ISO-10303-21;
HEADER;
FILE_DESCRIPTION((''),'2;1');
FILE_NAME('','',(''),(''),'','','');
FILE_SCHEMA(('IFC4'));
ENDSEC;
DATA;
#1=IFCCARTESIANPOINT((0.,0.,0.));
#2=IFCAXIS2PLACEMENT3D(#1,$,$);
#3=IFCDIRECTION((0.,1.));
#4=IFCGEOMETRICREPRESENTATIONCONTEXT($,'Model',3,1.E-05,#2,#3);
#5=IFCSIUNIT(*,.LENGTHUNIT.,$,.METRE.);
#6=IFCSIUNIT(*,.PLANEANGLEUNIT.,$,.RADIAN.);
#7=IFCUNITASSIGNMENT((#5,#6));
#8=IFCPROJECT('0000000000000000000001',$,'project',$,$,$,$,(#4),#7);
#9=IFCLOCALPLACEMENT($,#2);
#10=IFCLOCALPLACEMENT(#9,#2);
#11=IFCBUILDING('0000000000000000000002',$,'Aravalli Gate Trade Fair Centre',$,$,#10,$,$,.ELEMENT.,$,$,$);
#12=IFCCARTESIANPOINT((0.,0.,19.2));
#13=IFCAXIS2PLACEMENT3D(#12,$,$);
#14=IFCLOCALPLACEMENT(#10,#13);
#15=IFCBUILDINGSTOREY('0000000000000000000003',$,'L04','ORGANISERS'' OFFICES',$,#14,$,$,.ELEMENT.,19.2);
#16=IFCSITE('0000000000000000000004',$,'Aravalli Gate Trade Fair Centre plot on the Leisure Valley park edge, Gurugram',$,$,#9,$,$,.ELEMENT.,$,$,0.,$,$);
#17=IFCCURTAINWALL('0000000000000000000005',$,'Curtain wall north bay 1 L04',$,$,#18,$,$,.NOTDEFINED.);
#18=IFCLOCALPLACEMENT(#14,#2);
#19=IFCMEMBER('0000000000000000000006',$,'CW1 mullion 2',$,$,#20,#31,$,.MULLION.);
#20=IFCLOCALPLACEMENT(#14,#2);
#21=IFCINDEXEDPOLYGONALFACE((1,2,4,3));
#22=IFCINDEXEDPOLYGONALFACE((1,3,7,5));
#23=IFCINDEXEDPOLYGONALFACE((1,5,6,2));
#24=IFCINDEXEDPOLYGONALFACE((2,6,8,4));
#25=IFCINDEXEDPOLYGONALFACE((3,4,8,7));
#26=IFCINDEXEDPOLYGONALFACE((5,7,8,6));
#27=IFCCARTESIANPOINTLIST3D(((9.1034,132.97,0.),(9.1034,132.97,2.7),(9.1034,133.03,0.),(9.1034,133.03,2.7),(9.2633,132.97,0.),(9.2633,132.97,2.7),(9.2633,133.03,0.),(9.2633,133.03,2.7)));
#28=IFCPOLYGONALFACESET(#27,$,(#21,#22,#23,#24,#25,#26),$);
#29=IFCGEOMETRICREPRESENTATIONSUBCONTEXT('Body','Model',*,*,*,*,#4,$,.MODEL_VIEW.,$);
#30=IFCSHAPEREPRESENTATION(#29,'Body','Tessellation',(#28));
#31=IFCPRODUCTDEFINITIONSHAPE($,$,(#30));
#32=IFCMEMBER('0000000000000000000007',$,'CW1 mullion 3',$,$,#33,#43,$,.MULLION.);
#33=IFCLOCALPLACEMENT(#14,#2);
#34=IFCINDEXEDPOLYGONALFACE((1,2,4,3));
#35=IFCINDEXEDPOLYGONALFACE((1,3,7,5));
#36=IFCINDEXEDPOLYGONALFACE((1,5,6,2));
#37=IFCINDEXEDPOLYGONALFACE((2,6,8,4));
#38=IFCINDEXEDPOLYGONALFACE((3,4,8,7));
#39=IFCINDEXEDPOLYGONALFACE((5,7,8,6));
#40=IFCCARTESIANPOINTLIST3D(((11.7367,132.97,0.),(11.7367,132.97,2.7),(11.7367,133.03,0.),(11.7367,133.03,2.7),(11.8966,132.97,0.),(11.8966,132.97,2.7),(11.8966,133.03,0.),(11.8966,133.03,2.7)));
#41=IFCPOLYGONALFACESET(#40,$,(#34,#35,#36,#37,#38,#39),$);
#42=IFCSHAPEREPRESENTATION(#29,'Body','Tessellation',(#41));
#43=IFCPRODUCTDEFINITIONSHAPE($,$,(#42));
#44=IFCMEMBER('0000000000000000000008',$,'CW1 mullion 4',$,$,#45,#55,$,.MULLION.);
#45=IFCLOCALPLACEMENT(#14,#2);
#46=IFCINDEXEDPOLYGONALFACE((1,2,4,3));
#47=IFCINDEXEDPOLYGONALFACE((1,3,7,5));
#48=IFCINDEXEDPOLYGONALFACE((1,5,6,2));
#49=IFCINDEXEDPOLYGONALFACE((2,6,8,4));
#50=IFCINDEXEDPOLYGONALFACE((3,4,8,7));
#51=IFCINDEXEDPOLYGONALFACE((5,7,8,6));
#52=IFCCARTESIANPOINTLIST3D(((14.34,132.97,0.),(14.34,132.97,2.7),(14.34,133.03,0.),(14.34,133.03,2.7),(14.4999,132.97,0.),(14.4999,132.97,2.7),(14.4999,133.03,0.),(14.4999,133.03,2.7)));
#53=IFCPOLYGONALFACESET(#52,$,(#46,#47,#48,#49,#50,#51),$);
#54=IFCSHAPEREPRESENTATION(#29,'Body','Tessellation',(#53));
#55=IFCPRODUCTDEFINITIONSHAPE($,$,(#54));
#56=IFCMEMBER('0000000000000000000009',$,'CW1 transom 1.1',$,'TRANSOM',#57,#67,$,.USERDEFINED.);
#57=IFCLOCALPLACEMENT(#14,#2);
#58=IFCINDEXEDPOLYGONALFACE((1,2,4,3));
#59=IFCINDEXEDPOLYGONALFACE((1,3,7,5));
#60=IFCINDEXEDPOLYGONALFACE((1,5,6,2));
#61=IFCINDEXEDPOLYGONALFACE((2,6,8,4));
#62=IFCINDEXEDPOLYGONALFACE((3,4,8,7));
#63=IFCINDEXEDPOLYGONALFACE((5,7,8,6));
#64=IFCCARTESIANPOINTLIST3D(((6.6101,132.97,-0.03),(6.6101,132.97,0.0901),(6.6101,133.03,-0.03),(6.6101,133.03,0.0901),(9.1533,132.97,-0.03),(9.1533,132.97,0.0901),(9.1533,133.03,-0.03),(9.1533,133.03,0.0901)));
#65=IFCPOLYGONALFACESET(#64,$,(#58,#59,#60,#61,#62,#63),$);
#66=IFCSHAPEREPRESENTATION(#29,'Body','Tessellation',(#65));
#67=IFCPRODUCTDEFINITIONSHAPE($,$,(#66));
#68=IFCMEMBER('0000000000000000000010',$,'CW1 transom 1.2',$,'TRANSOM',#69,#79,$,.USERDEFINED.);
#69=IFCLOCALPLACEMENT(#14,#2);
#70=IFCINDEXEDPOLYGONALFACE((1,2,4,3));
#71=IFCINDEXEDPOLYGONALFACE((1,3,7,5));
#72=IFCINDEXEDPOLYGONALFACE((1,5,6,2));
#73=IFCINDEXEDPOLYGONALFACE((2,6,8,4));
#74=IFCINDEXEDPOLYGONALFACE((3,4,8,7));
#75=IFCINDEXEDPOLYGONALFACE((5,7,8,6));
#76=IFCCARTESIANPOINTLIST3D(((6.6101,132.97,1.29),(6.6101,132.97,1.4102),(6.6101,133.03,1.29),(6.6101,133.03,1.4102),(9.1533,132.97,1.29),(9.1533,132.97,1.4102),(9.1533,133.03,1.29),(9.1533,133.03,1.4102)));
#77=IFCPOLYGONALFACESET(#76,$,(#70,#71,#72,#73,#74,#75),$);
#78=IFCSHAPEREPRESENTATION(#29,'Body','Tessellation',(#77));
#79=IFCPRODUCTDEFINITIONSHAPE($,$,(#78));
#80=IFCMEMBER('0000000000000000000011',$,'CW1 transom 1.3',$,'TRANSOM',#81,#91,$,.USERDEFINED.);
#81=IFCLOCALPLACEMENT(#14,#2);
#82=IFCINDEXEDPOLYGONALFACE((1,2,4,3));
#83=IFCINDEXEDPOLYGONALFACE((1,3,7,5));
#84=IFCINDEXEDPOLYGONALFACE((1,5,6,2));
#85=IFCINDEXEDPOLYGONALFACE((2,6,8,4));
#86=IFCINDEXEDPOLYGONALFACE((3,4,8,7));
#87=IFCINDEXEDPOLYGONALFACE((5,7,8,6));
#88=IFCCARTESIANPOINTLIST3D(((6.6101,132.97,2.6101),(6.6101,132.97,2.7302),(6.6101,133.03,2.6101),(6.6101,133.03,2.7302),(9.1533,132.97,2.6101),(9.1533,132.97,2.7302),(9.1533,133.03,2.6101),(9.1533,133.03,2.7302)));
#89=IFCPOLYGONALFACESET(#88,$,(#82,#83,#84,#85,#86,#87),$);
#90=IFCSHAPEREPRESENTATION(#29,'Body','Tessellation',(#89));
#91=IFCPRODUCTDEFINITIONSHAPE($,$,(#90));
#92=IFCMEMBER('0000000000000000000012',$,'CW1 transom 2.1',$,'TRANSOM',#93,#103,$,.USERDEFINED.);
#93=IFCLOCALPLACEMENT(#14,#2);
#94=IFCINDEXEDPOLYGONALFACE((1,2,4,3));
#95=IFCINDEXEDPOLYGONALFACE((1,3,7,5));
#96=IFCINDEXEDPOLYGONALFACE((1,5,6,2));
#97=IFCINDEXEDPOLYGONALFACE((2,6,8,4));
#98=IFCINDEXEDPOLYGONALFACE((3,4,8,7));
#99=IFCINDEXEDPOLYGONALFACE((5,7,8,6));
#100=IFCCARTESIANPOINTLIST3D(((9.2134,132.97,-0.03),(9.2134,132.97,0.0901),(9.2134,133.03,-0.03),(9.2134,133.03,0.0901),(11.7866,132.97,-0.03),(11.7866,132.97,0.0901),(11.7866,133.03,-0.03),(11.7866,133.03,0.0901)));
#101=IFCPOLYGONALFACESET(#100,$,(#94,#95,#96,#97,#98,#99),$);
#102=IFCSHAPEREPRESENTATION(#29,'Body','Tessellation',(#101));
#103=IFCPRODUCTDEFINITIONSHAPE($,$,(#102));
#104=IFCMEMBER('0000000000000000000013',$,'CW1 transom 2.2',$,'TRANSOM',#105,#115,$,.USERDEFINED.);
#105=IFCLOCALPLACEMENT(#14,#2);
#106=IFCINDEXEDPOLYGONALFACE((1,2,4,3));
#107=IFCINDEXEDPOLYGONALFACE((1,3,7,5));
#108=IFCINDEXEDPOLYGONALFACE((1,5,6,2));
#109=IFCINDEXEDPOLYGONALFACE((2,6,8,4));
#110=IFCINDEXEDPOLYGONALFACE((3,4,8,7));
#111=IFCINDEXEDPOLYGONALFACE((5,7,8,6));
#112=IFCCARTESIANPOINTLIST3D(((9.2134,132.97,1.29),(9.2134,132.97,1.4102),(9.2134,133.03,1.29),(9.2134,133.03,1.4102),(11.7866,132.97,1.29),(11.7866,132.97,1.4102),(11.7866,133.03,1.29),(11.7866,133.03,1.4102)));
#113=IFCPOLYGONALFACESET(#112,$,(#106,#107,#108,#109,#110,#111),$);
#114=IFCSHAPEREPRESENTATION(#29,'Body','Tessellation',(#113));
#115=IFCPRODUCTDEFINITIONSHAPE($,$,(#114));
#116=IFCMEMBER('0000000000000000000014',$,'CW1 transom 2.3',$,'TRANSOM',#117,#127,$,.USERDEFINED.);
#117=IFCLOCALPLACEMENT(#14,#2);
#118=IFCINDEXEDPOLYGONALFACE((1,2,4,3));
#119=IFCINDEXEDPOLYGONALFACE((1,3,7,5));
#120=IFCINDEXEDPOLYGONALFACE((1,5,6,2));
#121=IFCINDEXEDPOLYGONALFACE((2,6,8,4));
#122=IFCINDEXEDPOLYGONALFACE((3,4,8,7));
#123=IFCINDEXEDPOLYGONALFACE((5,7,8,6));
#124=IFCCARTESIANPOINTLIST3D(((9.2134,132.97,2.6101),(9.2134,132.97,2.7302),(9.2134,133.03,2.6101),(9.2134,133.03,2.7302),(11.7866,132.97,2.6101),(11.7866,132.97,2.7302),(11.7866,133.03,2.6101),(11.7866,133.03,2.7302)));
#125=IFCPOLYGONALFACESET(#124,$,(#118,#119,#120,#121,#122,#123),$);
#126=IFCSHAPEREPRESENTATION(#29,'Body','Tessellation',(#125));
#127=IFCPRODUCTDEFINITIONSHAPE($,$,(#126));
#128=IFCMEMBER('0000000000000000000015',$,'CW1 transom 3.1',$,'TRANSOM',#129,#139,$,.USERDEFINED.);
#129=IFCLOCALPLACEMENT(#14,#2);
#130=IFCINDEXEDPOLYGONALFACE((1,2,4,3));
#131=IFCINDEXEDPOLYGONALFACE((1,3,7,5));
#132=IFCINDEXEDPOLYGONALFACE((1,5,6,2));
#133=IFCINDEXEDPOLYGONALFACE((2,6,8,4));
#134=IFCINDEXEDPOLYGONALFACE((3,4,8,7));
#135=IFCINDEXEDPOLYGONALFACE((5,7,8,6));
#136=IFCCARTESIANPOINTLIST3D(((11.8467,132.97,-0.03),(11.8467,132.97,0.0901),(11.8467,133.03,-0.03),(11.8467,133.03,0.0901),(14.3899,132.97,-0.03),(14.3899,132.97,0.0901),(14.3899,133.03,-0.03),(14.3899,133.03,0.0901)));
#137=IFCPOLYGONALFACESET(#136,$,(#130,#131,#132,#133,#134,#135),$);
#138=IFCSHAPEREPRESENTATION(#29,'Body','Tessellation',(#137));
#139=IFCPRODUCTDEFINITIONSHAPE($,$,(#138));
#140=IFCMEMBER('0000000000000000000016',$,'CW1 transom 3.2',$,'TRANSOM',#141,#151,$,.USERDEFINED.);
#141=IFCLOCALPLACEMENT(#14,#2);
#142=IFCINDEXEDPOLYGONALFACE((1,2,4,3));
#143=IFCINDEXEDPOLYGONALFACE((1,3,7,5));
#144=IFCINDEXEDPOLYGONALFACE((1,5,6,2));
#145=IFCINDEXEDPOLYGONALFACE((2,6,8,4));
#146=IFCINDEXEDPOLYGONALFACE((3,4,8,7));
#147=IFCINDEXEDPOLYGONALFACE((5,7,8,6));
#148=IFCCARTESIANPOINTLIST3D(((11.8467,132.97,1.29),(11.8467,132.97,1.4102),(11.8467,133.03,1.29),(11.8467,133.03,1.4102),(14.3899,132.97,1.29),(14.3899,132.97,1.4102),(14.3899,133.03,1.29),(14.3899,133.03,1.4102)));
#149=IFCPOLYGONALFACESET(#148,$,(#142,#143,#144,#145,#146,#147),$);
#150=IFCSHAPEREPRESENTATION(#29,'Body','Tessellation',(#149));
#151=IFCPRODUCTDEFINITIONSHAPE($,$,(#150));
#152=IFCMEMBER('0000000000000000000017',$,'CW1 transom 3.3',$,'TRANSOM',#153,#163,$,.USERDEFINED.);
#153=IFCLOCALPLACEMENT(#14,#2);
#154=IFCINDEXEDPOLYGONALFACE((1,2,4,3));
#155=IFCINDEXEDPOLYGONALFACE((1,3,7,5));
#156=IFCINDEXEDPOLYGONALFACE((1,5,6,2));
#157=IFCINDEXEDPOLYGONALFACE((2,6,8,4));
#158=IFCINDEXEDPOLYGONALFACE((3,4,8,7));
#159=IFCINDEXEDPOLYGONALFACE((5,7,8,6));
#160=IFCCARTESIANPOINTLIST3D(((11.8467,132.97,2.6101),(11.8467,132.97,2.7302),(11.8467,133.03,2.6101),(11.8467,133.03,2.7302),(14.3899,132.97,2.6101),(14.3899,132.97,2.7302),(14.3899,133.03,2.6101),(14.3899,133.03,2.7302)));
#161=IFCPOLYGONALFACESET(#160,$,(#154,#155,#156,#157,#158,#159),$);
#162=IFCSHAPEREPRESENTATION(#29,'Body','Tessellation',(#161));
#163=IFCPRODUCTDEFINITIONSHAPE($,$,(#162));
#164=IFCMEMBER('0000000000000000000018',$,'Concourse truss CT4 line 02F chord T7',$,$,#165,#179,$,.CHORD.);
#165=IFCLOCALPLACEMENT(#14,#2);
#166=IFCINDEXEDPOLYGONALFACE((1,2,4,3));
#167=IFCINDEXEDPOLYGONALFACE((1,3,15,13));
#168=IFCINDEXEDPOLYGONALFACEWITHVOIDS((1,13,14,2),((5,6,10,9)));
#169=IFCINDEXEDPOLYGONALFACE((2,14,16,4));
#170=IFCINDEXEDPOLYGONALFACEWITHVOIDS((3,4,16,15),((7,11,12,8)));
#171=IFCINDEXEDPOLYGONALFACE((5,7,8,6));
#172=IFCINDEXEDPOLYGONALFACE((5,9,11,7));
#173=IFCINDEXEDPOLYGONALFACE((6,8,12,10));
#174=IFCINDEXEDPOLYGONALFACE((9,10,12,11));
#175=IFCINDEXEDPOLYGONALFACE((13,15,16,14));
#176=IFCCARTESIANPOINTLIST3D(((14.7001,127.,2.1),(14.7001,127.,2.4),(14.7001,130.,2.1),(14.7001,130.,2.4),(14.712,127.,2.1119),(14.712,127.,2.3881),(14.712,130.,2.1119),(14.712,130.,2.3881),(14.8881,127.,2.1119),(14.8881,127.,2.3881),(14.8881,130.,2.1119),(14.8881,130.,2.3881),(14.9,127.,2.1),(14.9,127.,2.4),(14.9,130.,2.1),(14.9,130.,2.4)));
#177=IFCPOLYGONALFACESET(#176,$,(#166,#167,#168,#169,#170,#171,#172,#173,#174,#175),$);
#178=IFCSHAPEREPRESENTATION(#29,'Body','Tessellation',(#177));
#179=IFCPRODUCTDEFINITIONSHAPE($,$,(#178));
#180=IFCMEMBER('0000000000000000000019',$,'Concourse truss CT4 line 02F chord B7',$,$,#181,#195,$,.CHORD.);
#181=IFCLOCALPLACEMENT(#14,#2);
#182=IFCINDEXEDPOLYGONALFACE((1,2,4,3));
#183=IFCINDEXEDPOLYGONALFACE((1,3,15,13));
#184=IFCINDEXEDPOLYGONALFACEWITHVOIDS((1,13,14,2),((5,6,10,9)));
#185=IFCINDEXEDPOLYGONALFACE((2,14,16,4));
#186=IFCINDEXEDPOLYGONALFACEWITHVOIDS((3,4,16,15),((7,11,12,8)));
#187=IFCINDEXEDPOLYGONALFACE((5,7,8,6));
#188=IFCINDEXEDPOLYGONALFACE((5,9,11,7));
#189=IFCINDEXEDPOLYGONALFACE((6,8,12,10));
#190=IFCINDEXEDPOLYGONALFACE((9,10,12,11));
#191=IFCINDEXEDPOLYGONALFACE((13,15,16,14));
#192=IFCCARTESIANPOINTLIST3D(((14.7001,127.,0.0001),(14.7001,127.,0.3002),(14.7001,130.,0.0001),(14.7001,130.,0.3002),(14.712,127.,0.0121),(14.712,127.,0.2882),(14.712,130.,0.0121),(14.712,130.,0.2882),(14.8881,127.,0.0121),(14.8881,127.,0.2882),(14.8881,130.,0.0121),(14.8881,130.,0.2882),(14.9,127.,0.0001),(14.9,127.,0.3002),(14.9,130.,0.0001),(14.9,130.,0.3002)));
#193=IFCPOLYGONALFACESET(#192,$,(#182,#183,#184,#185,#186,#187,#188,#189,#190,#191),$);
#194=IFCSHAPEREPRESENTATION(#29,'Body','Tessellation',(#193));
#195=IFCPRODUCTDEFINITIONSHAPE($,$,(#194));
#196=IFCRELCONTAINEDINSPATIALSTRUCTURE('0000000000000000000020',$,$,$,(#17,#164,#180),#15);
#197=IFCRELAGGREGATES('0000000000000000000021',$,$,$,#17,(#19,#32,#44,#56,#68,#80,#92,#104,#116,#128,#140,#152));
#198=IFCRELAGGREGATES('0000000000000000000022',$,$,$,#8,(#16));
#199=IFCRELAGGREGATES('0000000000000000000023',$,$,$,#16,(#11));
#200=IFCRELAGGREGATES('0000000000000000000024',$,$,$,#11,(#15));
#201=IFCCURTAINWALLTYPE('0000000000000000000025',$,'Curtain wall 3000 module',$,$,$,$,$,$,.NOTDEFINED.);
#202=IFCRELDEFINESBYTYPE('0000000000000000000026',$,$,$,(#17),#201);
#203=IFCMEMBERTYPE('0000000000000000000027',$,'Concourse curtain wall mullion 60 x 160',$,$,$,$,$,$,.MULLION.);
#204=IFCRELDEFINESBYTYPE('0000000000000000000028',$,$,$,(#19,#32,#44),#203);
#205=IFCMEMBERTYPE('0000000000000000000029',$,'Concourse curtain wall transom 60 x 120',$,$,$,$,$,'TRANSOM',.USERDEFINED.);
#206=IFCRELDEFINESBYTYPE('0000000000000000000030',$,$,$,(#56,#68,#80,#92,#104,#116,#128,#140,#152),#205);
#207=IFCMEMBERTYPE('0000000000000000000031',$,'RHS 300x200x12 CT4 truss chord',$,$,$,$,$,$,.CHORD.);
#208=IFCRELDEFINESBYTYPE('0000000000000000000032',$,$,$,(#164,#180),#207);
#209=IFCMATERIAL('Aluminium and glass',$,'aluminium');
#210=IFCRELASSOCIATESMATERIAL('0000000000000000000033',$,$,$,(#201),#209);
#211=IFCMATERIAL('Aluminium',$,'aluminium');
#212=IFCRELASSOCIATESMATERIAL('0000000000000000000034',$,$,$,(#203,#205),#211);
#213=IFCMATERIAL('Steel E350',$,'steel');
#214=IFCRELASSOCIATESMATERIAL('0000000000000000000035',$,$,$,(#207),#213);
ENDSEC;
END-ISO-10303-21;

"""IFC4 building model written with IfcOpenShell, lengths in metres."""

from ifc_helpers import new_model, si_unit, direction, frame, origin, origin_2d, place, context, subcontext, project, spatial, rectangle, hollow_rectangle, extrude, material, material_profile, profile_set, type_object, element, aggregate, save


model = new_model("IFC4")

# Units and contexts
model_context = context("Model", 3, precision=1e-05, world=origin(), true_north=direction((0.0, 1.0)))
body_context = subcontext(model_context, "Body", "Model", "MODEL_VIEW")
ifc_project = project(units=[si_unit("LENGTHUNIT", "METRE"), si_unit("PLANEANGLEUNIT", "RADIAN")], contexts=[model_context])

# Site, building, storey
site_placement = place(None, origin())
site = spatial("IfcSite", under=ifc_project, at=site_placement, Name="Aravalli Gate Trade Fair Centre plot on the Leisure Valley park edge, Gurugram", CompositionType="ELEMENT", RefElevation=0.0)
building_placement = place(site_placement, origin())
building = spatial("IfcBuilding", under=site, at=building_placement, Name="Aravalli Gate Trade Fair Centre", CompositionType="ELEMENT")
storey_placement = place(building_placement, frame((0.0, 0.0, 19.2)))
storey = spatial("IfcBuildingStorey", under=building, at=storey_placement, Name="L04", Description="ORGANISERS' OFFICES", CompositionType="ELEMENT", Elevation=19.2)

# Curtain wall, members
ifc_material_1 = material(Name="Aluminium and glass", Category="aluminium")
curtain_wall_type = type_object("IfcCurtainWallType", Name="Curtain wall 3000 module", PredefinedType="NOTDEFINED", material=ifc_material_1)
curtain_wall_placement = place(storey_placement, origin())
curtain_wall = element("IfcCurtainWall", 1, at=curtain_wall_placement, inside=storey, type_object=curtain_wall_type, Name="Curtain wall north bay 1 L04", PredefinedType="NOTDEFINED")
ifc_material_2 = material(Name="Aluminium", Category="aluminium")
ifc_material_profile_1 = material_profile(ifc_material_2, rectangle(XDim=0.0601, YDim=0.1599, at=origin_2d()), Name="Concourse curtain wall mullion 60 x 160")
ifc_profile_set_1 = profile_set([ifc_material_profile_1], Name="Aluminium")
member_type_1 = type_object("IfcMemberType", Name="Concourse curtain wall mullion 60 x 160", PredefinedType="MULLION", material=ifc_profile_set_1)
member_1_placement = place(storey_placement, frame((9.1833, 133.0, 0.0), z_axis=(0.0, 0.0, 1.0), x_axis=(0.0, 1.0, 0.0)))
member_1 = element("IfcMember", 2, at=member_1_placement, type_object=member_type_1, Name="CW1 mullion 2", PredefinedType="MULLION", context=body_context, shape_type="SweptSolid", body=[
    extrude(rectangle(XDim=0.0601, YDim=0.1599, at=origin_2d()), origin(), (0.0, 0.0, 1.0), 2.7),
])
member_2_placement = place(storey_placement, frame((11.8167, 133.0, 0.0), z_axis=(0.0, 0.0, 1.0), x_axis=(0.0, 1.0, 0.0)))
member_2 = element("IfcMember", 3, at=member_2_placement, type_object=member_type_1, Name="CW1 mullion 3", PredefinedType="MULLION", context=body_context, shape_type="SweptSolid", body=[
    extrude(rectangle(XDim=0.0601, YDim=0.1599, at=origin_2d()), origin(), (0.0, 0.0, 1.0), 2.7),
])
member_3_placement = place(storey_placement, frame((14.4199, 133.0, 0.0), z_axis=(0.0, 0.0, 1.0), x_axis=(0.0, 1.0, 0.0)))
member_3 = element("IfcMember", 4, at=member_3_placement, type_object=member_type_1, Name="CW1 mullion 4", PredefinedType="MULLION", context=body_context, shape_type="SweptSolid", body=[
    extrude(rectangle(XDim=0.0601, YDim=0.1599, at=origin_2d()), origin(), (0.0, 0.0, 1.0), 2.7),
])
ifc_material_profile_2 = material_profile(ifc_material_2, rectangle(XDim=0.0601, YDim=0.1201, at=origin_2d()), Name="Concourse curtain wall transom 60 x 120")
ifc_profile_set_2 = profile_set([ifc_material_profile_2], Name="Aluminium")
member_type_2 = type_object("IfcMemberType", Name="Concourse curtain wall transom 60 x 120", ElementType="TRANSOM", PredefinedType="USERDEFINED", material=ifc_profile_set_2)
member_4_placement = place(storey_placement, frame((6.6101, 133.0, 0.03), z_axis=(1.0, 0.0, 0.0), x_axis=(0.0, 1.0, 0.0)))
member_4 = element("IfcMember", 5, at=member_4_placement, type_object=member_type_2, Name="CW1 transom 1.1", ObjectType="TRANSOM", PredefinedType="USERDEFINED", context=body_context, shape_type="SweptSolid", body=[
    extrude(rectangle(XDim=0.0601, YDim=0.1201, at=origin_2d()), origin(), (0.0, 0.0, 1.0), 2.5432),
])
member_5_placement = place(storey_placement, frame((6.6101, 133.0, 1.3501), z_axis=(1.0, 0.0, 0.0), x_axis=(0.0, 1.0, 0.0)))
member_5 = element("IfcMember", 6, at=member_5_placement, type_object=member_type_2, Name="CW1 transom 1.2", ObjectType="TRANSOM", PredefinedType="USERDEFINED", context=body_context, shape_type="SweptSolid", body=[
    extrude(rectangle(XDim=0.0601, YDim=0.1201, at=origin_2d()), origin(), (0.0, 0.0, 1.0), 2.5432),
])
member_6_placement = place(storey_placement, frame((6.6101, 133.0, 2.6702), z_axis=(1.0, 0.0, 0.0), x_axis=(0.0, 1.0, 0.0)))
member_6 = element("IfcMember", 7, at=member_6_placement, type_object=member_type_2, Name="CW1 transom 1.3", ObjectType="TRANSOM", PredefinedType="USERDEFINED", context=body_context, shape_type="SweptSolid", body=[
    extrude(rectangle(XDim=0.0601, YDim=0.1201, at=origin_2d()), origin(), (0.0, 0.0, 1.0), 2.5432),
])
member_7_placement = place(storey_placement, frame((9.2134, 133.0, 0.03), z_axis=(1.0, 0.0, 0.0), x_axis=(0.0, 1.0, 0.0)))
member_7 = element("IfcMember", 8, at=member_7_placement, type_object=member_type_2, Name="CW1 transom 2.1", ObjectType="TRANSOM", PredefinedType="USERDEFINED", context=body_context, shape_type="SweptSolid", body=[
    extrude(rectangle(XDim=0.0601, YDim=0.1201, at=origin_2d()), origin(), (0.0, 0.0, 1.0), 2.5732),
])
member_8_placement = place(storey_placement, frame((9.2134, 133.0, 1.3501), z_axis=(1.0, 0.0, 0.0), x_axis=(0.0, 1.0, 0.0)))
member_8 = element("IfcMember", 9, at=member_8_placement, type_object=member_type_2, Name="CW1 transom 2.2", ObjectType="TRANSOM", PredefinedType="USERDEFINED", context=body_context, shape_type="SweptSolid", body=[
    extrude(rectangle(XDim=0.0601, YDim=0.1201, at=origin_2d()), origin(), (0.0, 0.0, 1.0), 2.5732),
])
member_9_placement = place(storey_placement, frame((9.2134, 133.0, 2.6702), z_axis=(1.0, 0.0, 0.0), x_axis=(0.0, 1.0, 0.0)))
member_9 = element("IfcMember", 10, at=member_9_placement, type_object=member_type_2, Name="CW1 transom 2.3", ObjectType="TRANSOM", PredefinedType="USERDEFINED", context=body_context, shape_type="SweptSolid", body=[
    extrude(rectangle(XDim=0.0601, YDim=0.1201, at=origin_2d()), origin(), (0.0, 0.0, 1.0), 2.5732),
])
member_10_placement = place(storey_placement, frame((11.8467, 133.0, 0.03), z_axis=(1.0, 0.0, 0.0), x_axis=(0.0, 1.0, 0.0)))
member_10 = element("IfcMember", 11, at=member_10_placement, type_object=member_type_2, Name="CW1 transom 3.1", ObjectType="TRANSOM", PredefinedType="USERDEFINED", context=body_context, shape_type="SweptSolid", body=[
    extrude(rectangle(XDim=0.0601, YDim=0.1201, at=origin_2d()), origin(), (0.0, 0.0, 1.0), 2.5432),
])
member_11_placement = place(storey_placement, frame((11.8467, 133.0, 1.3501), z_axis=(1.0, 0.0, 0.0), x_axis=(0.0, 1.0, 0.0)))
member_11 = element("IfcMember", 12, at=member_11_placement, type_object=member_type_2, Name="CW1 transom 3.2", ObjectType="TRANSOM", PredefinedType="USERDEFINED", context=body_context, shape_type="SweptSolid", body=[
    extrude(rectangle(XDim=0.0601, YDim=0.1201, at=origin_2d()), origin(), (0.0, 0.0, 1.0), 2.5432),
])
member_12_placement = place(storey_placement, frame((11.8467, 133.0, 2.6702), z_axis=(1.0, 0.0, 0.0), x_axis=(0.0, 1.0, 0.0)))
member_12 = element("IfcMember", 13, at=member_12_placement, type_object=member_type_2, Name="CW1 transom 3.3", ObjectType="TRANSOM", PredefinedType="USERDEFINED", context=body_context, shape_type="SweptSolid", body=[
    extrude(rectangle(XDim=0.0601, YDim=0.1201, at=origin_2d()), origin(), (0.0, 0.0, 1.0), 2.5432),
])

# Members
ifc_material_3 = material(Name="Steel E350", Category="steel")
ifc_material_profile_3 = material_profile(ifc_material_3, hollow_rectangle(XDim=0.2, YDim=0.3, WallThickness=0.012, at=origin_2d()), Name="RHS 300x200x12")
ifc_profile_set_3 = profile_set([ifc_material_profile_3], Name="Steel E350")
member_type_3 = type_object("IfcMemberType", Name="RHS 300x200x12 CT4 truss chord", PredefinedType="CHORD", material=ifc_profile_set_3)
for number, where, z_axis, x_axis, name in (
    (14, (14.8, 127.0, 2.25), (0.0, 1.0, 0.0), (-1.0, 0.0, 0.0), "Concourse truss CT4 line 02F chord T7"),
    (15, (14.8, 127.0, 0.1501), (0.0, 1.0, 0.0), (-1.0, 0.0, 0.0), "Concourse truss CT4 line 02F chord B7"),
):
    element("IfcMember", number, at=place(storey_placement, frame(where, z_axis=z_axis, x_axis=x_axis)), inside=storey, type_object=member_type_3, Name=name, PredefinedType="CHORD", context=body_context, shape_type="SweptSolid", body=[
        extrude(hollow_rectangle(XDim=0.2, YDim=0.3, WallThickness=0.012, at=origin_2d()), origin(), (0.0, 0.0, 1.0), 3.0),
    ])

aggregate(curtain_wall, [member_1, member_2, member_3, member_4, member_5, member_6, member_7, member_8, member_9, member_10, member_11, member_12])

save(model, "model.ifc")
